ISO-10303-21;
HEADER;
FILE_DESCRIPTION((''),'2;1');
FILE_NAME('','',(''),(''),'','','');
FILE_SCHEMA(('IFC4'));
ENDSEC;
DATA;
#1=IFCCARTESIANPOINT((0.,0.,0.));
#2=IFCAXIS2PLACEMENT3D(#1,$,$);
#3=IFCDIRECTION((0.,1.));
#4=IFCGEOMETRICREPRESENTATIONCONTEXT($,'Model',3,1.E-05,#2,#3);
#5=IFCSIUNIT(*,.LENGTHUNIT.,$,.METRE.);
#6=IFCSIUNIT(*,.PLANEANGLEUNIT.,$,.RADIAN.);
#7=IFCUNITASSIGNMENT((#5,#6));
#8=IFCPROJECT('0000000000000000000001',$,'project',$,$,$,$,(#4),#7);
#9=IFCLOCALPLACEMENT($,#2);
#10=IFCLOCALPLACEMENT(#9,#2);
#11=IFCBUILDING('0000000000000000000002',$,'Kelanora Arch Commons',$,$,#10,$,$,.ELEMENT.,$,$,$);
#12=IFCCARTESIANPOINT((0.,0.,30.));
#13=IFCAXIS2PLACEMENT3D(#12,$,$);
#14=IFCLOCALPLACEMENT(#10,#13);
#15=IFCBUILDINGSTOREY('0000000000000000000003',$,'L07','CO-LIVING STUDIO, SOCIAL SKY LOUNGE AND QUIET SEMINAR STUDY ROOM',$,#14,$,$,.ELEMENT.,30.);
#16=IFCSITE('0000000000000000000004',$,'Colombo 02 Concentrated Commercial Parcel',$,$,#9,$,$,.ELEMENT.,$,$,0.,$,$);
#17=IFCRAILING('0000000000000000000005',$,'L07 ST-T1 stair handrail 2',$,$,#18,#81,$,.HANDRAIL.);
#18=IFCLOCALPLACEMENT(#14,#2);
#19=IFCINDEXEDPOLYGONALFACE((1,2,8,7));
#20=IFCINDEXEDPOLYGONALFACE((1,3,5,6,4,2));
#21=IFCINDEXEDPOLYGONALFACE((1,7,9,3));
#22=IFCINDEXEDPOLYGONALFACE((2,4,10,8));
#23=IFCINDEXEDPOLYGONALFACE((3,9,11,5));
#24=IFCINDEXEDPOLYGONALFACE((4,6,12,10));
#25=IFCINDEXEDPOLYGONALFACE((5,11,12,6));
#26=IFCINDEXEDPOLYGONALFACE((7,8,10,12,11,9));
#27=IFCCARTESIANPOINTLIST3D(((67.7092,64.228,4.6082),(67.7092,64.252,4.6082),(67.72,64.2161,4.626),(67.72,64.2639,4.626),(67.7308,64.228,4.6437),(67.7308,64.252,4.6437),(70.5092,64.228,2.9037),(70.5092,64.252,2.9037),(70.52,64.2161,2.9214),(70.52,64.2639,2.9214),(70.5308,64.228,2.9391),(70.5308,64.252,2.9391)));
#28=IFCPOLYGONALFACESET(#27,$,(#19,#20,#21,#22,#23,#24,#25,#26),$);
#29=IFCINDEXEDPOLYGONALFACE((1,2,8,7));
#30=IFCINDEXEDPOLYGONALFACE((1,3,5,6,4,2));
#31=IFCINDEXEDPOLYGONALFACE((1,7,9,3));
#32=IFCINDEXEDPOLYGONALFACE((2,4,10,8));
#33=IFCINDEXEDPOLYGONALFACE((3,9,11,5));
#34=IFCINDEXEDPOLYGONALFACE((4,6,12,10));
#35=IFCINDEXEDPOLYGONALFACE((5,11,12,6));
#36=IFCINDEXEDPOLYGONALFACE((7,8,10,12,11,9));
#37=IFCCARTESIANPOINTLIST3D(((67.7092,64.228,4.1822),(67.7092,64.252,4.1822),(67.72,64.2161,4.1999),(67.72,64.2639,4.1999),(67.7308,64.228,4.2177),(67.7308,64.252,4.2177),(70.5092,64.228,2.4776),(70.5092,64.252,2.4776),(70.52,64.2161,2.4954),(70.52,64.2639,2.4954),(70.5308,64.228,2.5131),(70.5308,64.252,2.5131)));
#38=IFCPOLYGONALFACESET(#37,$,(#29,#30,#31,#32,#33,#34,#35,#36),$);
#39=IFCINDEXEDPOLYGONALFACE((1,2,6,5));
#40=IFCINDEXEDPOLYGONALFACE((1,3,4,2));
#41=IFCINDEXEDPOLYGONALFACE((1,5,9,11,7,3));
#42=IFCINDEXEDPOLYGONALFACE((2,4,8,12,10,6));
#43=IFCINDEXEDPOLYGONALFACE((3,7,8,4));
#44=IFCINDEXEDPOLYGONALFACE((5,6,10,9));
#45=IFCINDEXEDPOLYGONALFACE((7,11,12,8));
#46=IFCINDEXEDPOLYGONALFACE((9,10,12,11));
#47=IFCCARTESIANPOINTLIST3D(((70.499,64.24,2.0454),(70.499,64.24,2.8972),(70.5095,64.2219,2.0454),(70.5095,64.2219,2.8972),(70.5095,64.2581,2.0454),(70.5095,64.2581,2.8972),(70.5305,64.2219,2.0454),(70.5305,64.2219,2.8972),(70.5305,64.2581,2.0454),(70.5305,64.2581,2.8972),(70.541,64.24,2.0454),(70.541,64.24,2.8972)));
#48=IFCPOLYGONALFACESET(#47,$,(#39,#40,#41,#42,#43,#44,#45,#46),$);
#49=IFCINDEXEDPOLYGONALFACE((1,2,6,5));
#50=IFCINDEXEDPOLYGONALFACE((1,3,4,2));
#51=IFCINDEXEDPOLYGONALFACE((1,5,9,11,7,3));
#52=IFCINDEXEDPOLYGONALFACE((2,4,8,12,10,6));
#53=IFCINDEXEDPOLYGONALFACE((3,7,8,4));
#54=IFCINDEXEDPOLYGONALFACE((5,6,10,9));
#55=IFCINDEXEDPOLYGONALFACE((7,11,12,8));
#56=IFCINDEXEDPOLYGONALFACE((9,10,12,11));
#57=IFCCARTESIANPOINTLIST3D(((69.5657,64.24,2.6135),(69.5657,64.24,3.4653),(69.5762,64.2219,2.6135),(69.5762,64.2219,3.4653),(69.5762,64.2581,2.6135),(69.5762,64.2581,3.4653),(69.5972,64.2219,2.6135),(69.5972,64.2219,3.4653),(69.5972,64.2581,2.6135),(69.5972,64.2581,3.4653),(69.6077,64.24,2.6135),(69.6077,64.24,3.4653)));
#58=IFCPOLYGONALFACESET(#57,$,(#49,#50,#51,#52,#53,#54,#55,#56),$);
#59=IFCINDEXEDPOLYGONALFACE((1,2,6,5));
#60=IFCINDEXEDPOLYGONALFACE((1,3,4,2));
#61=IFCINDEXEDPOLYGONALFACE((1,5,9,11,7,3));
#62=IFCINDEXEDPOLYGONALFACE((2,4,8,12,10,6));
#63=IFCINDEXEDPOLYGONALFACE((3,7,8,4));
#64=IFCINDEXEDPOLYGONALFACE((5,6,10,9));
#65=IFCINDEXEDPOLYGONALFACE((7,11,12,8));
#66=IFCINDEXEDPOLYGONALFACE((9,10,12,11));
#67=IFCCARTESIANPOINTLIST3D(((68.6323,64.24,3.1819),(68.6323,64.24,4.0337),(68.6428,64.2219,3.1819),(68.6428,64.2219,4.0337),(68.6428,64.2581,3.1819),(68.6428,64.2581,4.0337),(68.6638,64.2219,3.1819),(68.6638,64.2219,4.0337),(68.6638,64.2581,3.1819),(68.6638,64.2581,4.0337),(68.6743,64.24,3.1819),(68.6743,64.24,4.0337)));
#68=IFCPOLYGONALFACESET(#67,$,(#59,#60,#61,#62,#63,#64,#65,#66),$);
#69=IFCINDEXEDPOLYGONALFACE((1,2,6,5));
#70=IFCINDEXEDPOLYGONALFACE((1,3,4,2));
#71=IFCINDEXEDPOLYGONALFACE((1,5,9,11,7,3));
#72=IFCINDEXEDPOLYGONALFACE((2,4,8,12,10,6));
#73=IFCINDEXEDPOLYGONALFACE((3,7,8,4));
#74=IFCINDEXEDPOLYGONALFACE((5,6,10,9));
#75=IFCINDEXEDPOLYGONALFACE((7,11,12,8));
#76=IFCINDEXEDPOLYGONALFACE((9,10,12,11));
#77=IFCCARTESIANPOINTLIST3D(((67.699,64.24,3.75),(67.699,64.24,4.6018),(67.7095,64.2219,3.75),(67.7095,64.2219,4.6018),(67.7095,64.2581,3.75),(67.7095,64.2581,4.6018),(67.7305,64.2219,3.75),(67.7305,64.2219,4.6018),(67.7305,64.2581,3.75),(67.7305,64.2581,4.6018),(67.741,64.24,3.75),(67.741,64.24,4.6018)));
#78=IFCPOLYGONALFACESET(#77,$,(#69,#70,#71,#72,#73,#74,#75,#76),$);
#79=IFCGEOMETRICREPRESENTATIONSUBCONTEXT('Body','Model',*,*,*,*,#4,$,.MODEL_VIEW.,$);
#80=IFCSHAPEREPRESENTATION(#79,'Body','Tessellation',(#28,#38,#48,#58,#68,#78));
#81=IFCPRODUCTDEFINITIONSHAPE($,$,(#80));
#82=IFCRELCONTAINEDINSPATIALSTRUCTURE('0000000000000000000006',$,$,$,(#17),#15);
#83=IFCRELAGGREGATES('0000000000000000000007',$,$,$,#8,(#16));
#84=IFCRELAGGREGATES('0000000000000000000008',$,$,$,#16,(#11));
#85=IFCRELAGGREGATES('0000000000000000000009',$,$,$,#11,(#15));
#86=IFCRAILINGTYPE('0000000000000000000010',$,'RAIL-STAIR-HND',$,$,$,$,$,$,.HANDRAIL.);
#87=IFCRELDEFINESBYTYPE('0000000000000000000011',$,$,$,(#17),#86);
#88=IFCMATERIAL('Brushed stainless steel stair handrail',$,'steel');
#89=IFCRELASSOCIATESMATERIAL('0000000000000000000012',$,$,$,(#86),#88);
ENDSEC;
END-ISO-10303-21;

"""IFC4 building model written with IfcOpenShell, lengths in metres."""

from ifc_helpers import new_model, si_unit, direction, frame, origin, place, context, subcontext, project, spatial, polyline, outline, extrude, material, type_object, element, save


model = new_model("IFC4")

# Units and contexts
model_context = context("Model", 3, precision=1e-05, world=origin(), true_north=direction((0.0, 1.0)))
body_context = subcontext(model_context, "Body", "Model", "MODEL_VIEW")
ifc_project = project(units=[si_unit("LENGTHUNIT", "METRE"), si_unit("PLANEANGLEUNIT", "RADIAN")], contexts=[model_context])

# Site, building, storey
site_placement = place(None, origin())
site = spatial("IfcSite", under=ifc_project, at=site_placement, Name="Colombo 02 Concentrated Commercial Parcel", CompositionType="ELEMENT", RefElevation=0.0)
building_placement = place(site_placement, origin())
building = spatial("IfcBuilding", under=site, at=building_placement, Name="Kelanora Arch Commons", CompositionType="ELEMENT")
storey_placement = place(building_placement, frame((0.0, 0.0, 30.0)))
storey = spatial("IfcBuildingStorey", under=building, at=storey_placement, Name="L07", Description="CO-LIVING STUDIO, SOCIAL SKY LOUNGE AND QUIET SEMINAR STUDY ROOM", CompositionType="ELEMENT", Elevation=30.0)

# Railing
ifc_material_1 = material(Name="Brushed stainless steel stair handrail", Category="steel")
railing_type_1 = type_object("IfcRailingType", Name="RAIL-STAIR-HND", PredefinedType="HANDRAIL", material=ifc_material_1)
railing_1_placement = place(storey_placement, frame((70.52, 64.24, 2.0454)))
element("IfcRailing", 1, at=railing_1_placement, inside=storey, type_object=railing_type_1, Name="L07 ST-T1 stair handrail 2", PredefinedType="HANDRAIL", context=body_context, shape_type="SweptSolid", body=[
    extrude(outline(polyline([(0.0239, 0.0), (0.012, 0.0208), (-0.012, 0.0208), (-0.0239, 0.0), (-0.012, -0.0208), (0.012, -0.0208), (0.0239, 0.0)])), frame((0.0, 0.0, 0.876), z_axis=(-0.85417, 0.0, 0.519994), x_axis=(0.0, -1.0, 0.0)), (0.0, 0.0, 1.0), 3.2781),
    extrude(outline(polyline([(0.0239, 0.0), (0.012, 0.0208), (-0.012, 0.0208), (-0.0239, 0.0), (-0.012, -0.0208), (0.012, -0.0208), (0.0239, 0.0)])), frame((0.0, 0.0, 0.45), z_axis=(-0.85417, 0.0, 0.519994), x_axis=(0.0, -1.0, 0.0)), (0.0, 0.0, 1.0), 3.2781),
    extrude(outline(polyline([(0.021, 0.0), (0.0105, 0.0181), (-0.0105, 0.0181), (-0.021, 0.0), (-0.0105, -0.0181), (0.0105, -0.0181), (0.021, 0.0)])), origin(), (0.0, 0.0, 1.0), 0.8518),
    extrude(outline(polyline([(0.021, 0.0), (0.0105, 0.0181), (-0.0105, 0.0181), (-0.021, 0.0), (-0.0105, -0.0181), (0.0105, -0.0181), (0.021, 0.0)])), frame((-0.9333, 0.0, 0.5681)), (0.0, 0.0, 1.0), 0.8518),
    extrude(outline(polyline([(0.021, 0.0), (0.0105, 0.0181), (-0.0105, 0.0181), (-0.021, 0.0), (-0.0105, -0.0181), (0.0105, -0.0181), (0.021, 0.0)])), frame((-1.8667, 0.0, 1.1365)), (0.0, 0.0, 1.0), 0.8518),
    extrude(outline(polyline([(0.021, 0.0), (0.0105, 0.0181), (-0.0105, 0.0181), (-0.021, 0.0), (-0.0105, -0.0181), (0.0105, -0.0181), (0.021, 0.0)])), frame((-2.8, 0.0, 1.7046)), (0.0, 0.0, 1.0), 0.8518),
])

save(model, "model.ifc")
